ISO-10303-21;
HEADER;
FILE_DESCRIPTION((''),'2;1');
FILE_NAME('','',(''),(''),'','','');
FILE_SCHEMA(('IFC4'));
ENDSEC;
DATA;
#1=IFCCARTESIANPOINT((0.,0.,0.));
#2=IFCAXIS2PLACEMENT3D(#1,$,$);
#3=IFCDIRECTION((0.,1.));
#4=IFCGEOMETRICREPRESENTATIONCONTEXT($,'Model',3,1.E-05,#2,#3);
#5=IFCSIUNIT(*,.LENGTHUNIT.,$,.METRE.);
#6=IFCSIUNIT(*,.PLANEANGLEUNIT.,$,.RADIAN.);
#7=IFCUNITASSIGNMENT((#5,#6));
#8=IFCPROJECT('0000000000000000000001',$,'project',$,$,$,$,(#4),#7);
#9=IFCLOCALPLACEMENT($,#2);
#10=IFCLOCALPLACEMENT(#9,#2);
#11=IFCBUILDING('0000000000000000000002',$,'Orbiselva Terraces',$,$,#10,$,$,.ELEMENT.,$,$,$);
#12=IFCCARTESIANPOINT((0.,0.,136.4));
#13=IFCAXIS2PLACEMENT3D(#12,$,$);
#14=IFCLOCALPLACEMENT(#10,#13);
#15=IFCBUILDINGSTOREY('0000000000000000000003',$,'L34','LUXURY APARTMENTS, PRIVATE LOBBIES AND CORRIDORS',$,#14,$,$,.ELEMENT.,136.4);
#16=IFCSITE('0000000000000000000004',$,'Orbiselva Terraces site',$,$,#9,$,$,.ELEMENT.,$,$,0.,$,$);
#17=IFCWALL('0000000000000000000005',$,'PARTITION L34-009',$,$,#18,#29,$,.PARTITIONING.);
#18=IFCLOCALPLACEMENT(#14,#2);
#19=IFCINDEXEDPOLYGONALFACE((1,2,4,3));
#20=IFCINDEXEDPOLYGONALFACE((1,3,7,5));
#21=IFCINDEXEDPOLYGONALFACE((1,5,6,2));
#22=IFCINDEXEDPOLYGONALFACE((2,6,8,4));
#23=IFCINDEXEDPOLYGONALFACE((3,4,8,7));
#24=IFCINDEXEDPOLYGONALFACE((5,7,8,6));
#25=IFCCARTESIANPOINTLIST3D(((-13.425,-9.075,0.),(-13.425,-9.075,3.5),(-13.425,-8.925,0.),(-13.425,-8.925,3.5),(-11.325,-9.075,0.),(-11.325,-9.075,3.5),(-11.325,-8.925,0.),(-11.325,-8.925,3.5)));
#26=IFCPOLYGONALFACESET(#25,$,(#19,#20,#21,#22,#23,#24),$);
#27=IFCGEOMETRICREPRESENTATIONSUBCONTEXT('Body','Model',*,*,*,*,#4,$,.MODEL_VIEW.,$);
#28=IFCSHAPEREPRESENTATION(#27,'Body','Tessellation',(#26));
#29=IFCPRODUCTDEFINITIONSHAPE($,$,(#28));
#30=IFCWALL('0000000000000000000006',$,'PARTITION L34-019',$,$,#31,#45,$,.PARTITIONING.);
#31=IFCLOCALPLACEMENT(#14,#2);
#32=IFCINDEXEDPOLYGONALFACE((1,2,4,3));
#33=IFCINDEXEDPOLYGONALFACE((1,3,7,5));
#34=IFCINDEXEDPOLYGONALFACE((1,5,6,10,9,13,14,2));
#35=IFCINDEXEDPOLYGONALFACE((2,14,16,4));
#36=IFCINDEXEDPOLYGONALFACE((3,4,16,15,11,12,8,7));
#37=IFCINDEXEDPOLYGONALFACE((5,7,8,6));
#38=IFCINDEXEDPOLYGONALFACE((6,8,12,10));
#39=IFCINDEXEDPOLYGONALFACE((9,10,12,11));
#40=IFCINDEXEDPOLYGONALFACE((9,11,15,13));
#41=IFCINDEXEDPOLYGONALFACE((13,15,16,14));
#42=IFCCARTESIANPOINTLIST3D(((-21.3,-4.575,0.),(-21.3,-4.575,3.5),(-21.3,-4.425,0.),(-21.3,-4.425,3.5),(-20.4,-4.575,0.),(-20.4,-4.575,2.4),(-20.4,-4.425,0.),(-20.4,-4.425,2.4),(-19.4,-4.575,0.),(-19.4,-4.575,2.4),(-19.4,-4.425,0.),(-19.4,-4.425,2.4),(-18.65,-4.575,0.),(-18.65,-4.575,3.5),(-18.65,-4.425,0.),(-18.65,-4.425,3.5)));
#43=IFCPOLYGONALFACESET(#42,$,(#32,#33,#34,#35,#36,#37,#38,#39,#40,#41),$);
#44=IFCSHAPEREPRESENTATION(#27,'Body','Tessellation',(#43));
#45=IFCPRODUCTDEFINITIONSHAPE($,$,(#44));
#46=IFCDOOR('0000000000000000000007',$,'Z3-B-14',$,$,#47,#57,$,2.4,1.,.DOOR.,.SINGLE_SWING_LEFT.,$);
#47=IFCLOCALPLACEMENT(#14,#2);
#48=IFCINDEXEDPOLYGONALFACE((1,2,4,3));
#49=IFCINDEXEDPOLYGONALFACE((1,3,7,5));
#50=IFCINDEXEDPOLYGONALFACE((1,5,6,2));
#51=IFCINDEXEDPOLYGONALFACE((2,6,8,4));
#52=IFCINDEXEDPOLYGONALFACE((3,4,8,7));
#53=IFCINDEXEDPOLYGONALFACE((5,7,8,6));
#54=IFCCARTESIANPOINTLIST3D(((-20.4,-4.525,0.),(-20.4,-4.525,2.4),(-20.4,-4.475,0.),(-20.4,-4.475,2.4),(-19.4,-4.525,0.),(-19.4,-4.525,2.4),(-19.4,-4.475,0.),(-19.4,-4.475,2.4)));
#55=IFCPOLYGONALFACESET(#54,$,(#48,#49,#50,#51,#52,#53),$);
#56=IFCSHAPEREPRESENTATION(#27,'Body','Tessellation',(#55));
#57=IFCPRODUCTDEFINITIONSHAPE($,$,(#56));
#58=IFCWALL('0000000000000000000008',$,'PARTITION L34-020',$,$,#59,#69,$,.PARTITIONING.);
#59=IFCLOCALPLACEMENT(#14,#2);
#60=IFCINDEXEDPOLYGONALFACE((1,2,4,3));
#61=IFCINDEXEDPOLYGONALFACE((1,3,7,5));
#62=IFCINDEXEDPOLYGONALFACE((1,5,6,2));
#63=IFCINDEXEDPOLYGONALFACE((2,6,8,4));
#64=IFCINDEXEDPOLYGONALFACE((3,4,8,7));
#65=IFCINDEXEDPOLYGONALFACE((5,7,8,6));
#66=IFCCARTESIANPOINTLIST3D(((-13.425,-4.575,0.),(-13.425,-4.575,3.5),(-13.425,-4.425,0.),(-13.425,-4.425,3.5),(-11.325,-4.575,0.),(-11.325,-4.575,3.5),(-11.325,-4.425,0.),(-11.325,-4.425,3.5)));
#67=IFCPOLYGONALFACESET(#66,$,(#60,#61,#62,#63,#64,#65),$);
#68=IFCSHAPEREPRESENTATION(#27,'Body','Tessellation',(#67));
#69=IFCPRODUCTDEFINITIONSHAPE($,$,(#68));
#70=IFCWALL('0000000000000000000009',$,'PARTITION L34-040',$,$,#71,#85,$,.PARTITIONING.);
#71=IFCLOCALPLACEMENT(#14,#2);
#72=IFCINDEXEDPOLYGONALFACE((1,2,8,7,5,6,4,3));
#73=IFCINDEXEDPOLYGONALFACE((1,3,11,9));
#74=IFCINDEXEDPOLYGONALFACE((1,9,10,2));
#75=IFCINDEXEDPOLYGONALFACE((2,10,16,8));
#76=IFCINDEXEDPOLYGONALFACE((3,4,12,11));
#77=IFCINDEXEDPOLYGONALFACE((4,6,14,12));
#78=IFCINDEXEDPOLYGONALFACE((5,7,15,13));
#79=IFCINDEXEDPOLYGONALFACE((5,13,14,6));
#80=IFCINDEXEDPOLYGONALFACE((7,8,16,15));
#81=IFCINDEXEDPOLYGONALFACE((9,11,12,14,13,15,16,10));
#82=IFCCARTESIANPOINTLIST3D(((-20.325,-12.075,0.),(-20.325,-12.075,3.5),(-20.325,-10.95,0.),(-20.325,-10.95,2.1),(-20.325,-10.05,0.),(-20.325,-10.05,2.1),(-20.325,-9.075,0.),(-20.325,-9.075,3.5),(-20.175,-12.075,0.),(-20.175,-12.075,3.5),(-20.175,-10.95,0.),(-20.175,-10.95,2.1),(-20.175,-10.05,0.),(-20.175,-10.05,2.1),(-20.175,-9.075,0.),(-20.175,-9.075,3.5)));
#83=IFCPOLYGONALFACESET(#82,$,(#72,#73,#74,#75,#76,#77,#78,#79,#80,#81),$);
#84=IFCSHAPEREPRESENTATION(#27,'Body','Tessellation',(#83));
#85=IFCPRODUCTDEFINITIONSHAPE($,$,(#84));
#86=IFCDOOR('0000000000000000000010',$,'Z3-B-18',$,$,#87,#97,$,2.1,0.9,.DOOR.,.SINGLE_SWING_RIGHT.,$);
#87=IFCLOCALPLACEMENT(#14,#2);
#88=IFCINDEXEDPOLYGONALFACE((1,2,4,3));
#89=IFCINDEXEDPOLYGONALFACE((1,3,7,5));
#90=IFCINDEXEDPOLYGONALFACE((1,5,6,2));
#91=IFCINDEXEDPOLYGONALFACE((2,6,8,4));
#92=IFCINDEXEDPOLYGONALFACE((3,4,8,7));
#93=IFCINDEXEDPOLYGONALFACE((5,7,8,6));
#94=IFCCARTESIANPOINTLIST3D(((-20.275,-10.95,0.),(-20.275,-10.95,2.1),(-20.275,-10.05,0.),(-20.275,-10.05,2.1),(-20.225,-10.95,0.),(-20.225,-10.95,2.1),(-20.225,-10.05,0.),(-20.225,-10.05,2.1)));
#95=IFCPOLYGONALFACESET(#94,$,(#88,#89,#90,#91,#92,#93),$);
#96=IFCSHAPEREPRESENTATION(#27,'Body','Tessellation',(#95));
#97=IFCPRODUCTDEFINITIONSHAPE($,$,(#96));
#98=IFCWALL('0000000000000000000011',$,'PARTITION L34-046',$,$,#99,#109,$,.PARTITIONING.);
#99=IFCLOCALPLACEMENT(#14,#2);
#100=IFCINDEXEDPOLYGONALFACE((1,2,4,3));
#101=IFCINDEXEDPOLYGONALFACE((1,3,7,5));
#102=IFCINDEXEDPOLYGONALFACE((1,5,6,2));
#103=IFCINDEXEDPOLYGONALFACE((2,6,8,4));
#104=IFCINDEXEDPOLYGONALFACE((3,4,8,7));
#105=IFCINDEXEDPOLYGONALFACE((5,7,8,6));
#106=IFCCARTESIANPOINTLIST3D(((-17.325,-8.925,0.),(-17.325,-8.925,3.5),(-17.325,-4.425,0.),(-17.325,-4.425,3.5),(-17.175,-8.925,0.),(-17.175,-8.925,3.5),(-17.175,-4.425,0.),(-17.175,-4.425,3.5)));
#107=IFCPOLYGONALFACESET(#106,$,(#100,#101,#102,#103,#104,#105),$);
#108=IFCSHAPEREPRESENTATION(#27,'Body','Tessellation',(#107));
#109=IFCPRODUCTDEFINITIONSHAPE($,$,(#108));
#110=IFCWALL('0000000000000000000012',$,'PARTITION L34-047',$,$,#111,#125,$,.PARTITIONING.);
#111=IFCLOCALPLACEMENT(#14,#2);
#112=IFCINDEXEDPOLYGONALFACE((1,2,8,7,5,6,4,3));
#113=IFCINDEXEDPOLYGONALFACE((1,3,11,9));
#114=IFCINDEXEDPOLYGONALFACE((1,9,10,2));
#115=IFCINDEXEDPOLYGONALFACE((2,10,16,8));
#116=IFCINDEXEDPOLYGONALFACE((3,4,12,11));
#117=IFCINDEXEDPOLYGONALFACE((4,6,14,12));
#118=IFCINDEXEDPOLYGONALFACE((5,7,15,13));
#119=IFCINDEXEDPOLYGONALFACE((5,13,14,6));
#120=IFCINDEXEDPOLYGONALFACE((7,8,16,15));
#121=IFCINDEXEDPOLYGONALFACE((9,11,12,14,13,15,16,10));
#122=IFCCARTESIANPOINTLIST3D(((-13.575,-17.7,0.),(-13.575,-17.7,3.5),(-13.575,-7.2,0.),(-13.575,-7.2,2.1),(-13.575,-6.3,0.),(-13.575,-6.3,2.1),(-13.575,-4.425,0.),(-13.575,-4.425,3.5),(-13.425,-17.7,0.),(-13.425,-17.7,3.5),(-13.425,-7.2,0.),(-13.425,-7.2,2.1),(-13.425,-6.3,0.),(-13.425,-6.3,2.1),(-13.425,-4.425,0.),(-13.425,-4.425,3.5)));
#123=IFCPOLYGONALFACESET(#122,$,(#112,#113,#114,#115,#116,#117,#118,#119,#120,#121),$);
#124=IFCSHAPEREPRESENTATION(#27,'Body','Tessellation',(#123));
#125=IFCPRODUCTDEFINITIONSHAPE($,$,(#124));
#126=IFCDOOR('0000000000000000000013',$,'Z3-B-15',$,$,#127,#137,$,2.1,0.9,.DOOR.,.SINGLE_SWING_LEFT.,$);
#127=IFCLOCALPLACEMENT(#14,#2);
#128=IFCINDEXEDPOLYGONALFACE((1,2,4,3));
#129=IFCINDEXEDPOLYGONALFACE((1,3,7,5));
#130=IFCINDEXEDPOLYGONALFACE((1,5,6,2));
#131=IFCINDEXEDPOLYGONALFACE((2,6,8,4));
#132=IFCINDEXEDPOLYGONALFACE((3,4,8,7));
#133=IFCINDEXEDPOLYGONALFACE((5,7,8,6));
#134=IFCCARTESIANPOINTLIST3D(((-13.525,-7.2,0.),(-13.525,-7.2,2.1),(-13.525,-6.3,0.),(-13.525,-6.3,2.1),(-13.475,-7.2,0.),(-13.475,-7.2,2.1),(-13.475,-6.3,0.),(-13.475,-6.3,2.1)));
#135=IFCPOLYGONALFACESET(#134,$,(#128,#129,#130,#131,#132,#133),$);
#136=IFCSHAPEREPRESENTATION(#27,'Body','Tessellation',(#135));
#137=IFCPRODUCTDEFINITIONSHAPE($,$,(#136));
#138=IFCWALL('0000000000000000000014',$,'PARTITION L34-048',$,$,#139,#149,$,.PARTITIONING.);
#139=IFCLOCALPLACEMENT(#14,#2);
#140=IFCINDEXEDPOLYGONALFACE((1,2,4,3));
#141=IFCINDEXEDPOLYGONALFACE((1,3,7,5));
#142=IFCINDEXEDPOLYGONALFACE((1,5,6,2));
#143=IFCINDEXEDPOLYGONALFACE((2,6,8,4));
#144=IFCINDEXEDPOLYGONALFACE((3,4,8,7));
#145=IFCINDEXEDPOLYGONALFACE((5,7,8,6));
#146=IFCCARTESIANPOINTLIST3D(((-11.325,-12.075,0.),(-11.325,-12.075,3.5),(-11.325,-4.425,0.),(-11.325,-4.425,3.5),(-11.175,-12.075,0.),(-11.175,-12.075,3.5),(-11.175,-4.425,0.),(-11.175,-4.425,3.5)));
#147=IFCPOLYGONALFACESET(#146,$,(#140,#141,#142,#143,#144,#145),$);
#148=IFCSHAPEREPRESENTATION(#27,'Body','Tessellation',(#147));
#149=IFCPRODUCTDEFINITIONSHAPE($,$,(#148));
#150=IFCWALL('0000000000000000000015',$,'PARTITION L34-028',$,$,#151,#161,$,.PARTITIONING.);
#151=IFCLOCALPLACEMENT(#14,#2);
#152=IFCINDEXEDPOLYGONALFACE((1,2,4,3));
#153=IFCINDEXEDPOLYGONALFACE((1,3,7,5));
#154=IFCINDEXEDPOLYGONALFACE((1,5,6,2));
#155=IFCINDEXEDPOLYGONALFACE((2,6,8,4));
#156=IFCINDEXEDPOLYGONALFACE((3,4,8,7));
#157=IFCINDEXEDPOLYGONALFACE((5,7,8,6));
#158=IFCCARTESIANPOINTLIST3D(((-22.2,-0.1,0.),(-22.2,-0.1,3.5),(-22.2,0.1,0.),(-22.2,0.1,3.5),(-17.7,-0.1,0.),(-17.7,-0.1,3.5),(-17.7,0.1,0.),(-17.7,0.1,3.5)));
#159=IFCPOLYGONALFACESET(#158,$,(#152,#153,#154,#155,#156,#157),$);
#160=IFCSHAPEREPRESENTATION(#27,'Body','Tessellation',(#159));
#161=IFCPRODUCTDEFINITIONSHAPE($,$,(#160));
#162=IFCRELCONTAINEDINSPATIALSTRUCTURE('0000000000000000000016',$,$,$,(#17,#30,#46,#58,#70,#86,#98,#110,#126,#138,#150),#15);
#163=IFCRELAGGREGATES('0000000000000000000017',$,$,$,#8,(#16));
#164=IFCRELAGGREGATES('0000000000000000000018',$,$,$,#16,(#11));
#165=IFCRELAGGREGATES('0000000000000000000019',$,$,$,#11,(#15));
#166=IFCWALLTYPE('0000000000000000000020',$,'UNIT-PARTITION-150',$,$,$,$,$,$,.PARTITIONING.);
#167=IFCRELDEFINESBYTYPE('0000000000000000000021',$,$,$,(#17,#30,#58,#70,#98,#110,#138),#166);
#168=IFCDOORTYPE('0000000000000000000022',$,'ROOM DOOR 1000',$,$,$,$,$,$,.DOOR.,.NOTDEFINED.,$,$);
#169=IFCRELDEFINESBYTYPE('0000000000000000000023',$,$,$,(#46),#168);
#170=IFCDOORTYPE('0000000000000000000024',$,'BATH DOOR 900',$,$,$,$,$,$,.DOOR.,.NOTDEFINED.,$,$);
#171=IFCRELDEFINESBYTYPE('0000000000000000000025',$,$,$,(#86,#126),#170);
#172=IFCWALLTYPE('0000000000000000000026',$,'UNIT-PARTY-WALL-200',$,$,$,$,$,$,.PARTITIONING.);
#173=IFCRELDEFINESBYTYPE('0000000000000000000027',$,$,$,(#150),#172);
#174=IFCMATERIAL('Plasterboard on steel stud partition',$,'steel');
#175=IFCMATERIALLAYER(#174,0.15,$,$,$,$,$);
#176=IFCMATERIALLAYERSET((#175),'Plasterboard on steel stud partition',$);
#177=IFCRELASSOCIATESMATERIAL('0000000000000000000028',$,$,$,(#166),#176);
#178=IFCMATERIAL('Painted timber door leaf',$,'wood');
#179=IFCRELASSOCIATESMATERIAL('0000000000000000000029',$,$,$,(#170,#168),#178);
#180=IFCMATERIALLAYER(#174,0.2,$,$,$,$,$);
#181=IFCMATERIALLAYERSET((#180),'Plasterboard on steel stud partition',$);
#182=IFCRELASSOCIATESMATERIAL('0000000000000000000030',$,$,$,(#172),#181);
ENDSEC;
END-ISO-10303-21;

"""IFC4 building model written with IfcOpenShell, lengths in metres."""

from ifc_helpers import new_model, si_unit, direction, frame, frame_2d, origin, place, context, subcontext, project, spatial, rectangle, extrude, material, layer, layer_set, type_object, element, fill, save


model = new_model("IFC4")

# Units and contexts
model_context = context("Model", 3, precision=1e-05, world=origin(), true_north=direction((0.0, 1.0)))
body_context = subcontext(model_context, "Body", "Model", "MODEL_VIEW")
ifc_project = project(units=[si_unit("LENGTHUNIT", "METRE"), si_unit("PLANEANGLEUNIT", "RADIAN")], contexts=[model_context])

# Site, building, storey
site_placement = place(None, origin())
site = spatial("IfcSite", under=ifc_project, at=site_placement, Name="Orbiselva Terraces site", CompositionType="ELEMENT", RefElevation=0.0)
building_placement = place(site_placement, origin())
building = spatial("IfcBuilding", under=site, at=building_placement, Name="Orbiselva Terraces", CompositionType="ELEMENT")
storey_placement = place(building_placement, frame((0.0, 0.0, 136.4)))
storey = spatial("IfcBuildingStorey", under=building, at=storey_placement, Name="L34", Description="LUXURY APARTMENTS, PRIVATE LOBBIES AND CORRIDORS", CompositionType="ELEMENT", Elevation=136.4)

# Shared definitions
ifc_material_1 = material(Name="Plasterboard on steel stud partition", Category="steel")
ifc_layer_1 = layer(ifc_material_1, 0.15)
ifc_layer_set_1 = layer_set([ifc_layer_1], Name="Plasterboard on steel stud partition")
wall_type_1 = type_object("IfcWallType", Name="UNIT-PARTITION-150", PredefinedType="PARTITIONING", material=ifc_layer_set_1)

# Shared definitions
ifc_material_2 = material(Name="Painted timber door leaf", Category="wood")
door_type_1 = type_object("IfcDoorType", Name="BATH DOOR 900", OperationType="NOTDEFINED", PredefinedType="DOOR", material=ifc_material_2)

# Wall
wall_1_placement = place(storey_placement, frame((-13.425, -9.0, 0.0), z_axis=(0.0, 0.0, 1.0), x_axis=(1.0, 0.0, 0.0)))
element("IfcWall", 1, at=wall_1_placement, inside=storey, type_object=wall_type_1, Name="PARTITION L34-009", PredefinedType="PARTITIONING", context=body_context, shape_type="SweptSolid", body=[
    extrude(rectangle(XDim=2.1, YDim=0.15, at=frame_2d((1.05, 0.0))), origin(), (0.0, 0.0, 1.0), 3.5),
])

# Wall, opening, door
wall_2_placement = place(storey_placement, frame((-18.65, -4.5, 0.0), z_axis=(0.0, 0.0, 1.0), x_axis=(-1.0, 0.0, 0.0)))
wall_2 = element("IfcWall", 2, at=wall_2_placement, inside=storey, type_object=wall_type_1, Name="PARTITION L34-019", PredefinedType="PARTITIONING", context=body_context, shape_type="SweptSolid", body=[
    extrude(rectangle(XDim=2.65, YDim=0.15, at=frame_2d((1.325, 0.0))), origin(), (0.0, 0.0, 1.0), 3.5),
])
opening_1_placement = place(wall_2_placement, frame((0.75, 0.0, 0.0)))
opening_1 = element("IfcOpeningElement", 3, at=opening_1_placement, cuts=wall_2, PredefinedType="OPENING", context=body_context, shape_type="SweptSolid", body=[
    extrude(rectangle(XDim=1.0, YDim=2.4, at=frame_2d((0.5, 1.2))), frame((0.0, 0.085, 0.0), z_axis=(0.0, -1.0, 0.0), x_axis=(1.0, 0.0, 0.0)), (0.0, 0.0, 1.0), 0.17),
])
door_type_2 = type_object("IfcDoorType", Name="ROOM DOOR 1000", OperationType="NOTDEFINED", PredefinedType="DOOR", material=ifc_material_2)
door_1_placement = place(opening_1_placement, origin())
door_1 = element("IfcDoor", 4, at=door_1_placement, inside=storey, type_object=door_type_2, Name="Z3-B-14", OperationType="SINGLE_SWING_LEFT", OverallHeight=2.4, OverallWidth=1.0, PredefinedType="DOOR", context=body_context, shape_type="SweptSolid", body=[
    extrude(rectangle(XDim=1.0, YDim=2.4, at=frame_2d((0.5, 1.2))), frame((0.0, 0.025, 0.0), z_axis=(0.0, -1.0, 0.0), x_axis=(1.0, 0.0, 0.0)), (0.0, 0.0, 1.0), 0.05),
])
fill(opening_1, door_1)

# Wall
wall_3_placement = place(storey_placement, frame((-13.425, -4.5, 0.0), z_axis=(0.0, 0.0, 1.0), x_axis=(1.0, 0.0, 0.0)))
element("IfcWall", 5, at=wall_3_placement, inside=storey, type_object=wall_type_1, Name="PARTITION L34-020", PredefinedType="PARTITIONING", context=body_context, shape_type="SweptSolid", body=[
    extrude(rectangle(XDim=2.1, YDim=0.15, at=frame_2d((1.05, 0.0))), origin(), (0.0, 0.0, 1.0), 3.5),
])

# Wall, opening, door
wall_4_placement = place(storey_placement, frame((-20.25, -12.075, 0.0), z_axis=(0.0, 0.0, 1.0), x_axis=(0.0, 1.0, 0.0)))
wall_4 = element("IfcWall", 6, at=wall_4_placement, inside=storey, type_object=wall_type_1, Name="PARTITION L34-040", PredefinedType="PARTITIONING", context=body_context, shape_type="SweptSolid", body=[
    extrude(rectangle(XDim=3.0, YDim=0.15, at=frame_2d((1.5, 0.0))), origin(), (0.0, 0.0, 1.0), 3.5),
])
opening_2_placement = place(wall_4_placement, frame((1.125, 0.0, 0.0)))
opening_2 = element("IfcOpeningElement", 7, at=opening_2_placement, cuts=wall_4, PredefinedType="OPENING", context=body_context, shape_type="SweptSolid", body=[
    extrude(rectangle(XDim=0.9, YDim=2.1, at=frame_2d((0.45, 1.05))), frame((0.0, 0.085, 0.0), z_axis=(0.0, -1.0, 0.0), x_axis=(1.0, 0.0, 0.0)), (0.0, 0.0, 1.0), 0.17),
])
door_2_placement = place(opening_2_placement, origin())
door_2 = element("IfcDoor", 8, at=door_2_placement, inside=storey, type_object=door_type_1, Name="Z3-B-18", OperationType="SINGLE_SWING_RIGHT", OverallHeight=2.1, OverallWidth=0.9, PredefinedType="DOOR", context=body_context, shape_type="SweptSolid", body=[
    extrude(rectangle(XDim=0.9, YDim=2.1, at=frame_2d((0.45, 1.05))), frame((0.0, 0.025, 0.0), z_axis=(0.0, -1.0, 0.0), x_axis=(1.0, 0.0, 0.0)), (0.0, 0.0, 1.0), 0.05),
])
fill(opening_2, door_2)

# Wall
wall_5_placement = place(storey_placement, frame((-17.25, -8.925, 0.0), z_axis=(0.0, 0.0, 1.0), x_axis=(0.0, 1.0, 0.0)))
element("IfcWall", 9, at=wall_5_placement, inside=storey, type_object=wall_type_1, Name="PARTITION L34-046", PredefinedType="PARTITIONING", context=body_context, shape_type="SweptSolid", body=[
    extrude(rectangle(XDim=4.5, YDim=0.15, at=frame_2d((2.25, 0.0))), origin(), (0.0, 0.0, 1.0), 3.5),
])

# Wall, opening, door
wall_6_placement = place(storey_placement, frame((-13.5, -4.425, 0.0), z_axis=(0.0, 0.0, 1.0), x_axis=(0.0, -1.0, 0.0)))
wall_6 = element("IfcWall", 10, at=wall_6_placement, inside=storey, type_object=wall_type_1, Name="PARTITION L34-047", PredefinedType="PARTITIONING", context=body_context, shape_type="SweptSolid", body=[
    extrude(rectangle(XDim=13.275, YDim=0.15, at=frame_2d((6.6375, 0.0))), origin(), (0.0, 0.0, 1.0), 3.5),
])
opening_3_placement = place(wall_6_placement, frame((1.875, 0.0, 0.0)))
opening_3 = element("IfcOpeningElement", 11, at=opening_3_placement, cuts=wall_6, PredefinedType="OPENING", context=body_context, shape_type="SweptSolid", body=[
    extrude(rectangle(XDim=0.9, YDim=2.1, at=frame_2d((0.45, 1.05))), frame((0.0, 0.085, 0.0), z_axis=(0.0, -1.0, 0.0), x_axis=(1.0, 0.0, 0.0)), (0.0, 0.0, 1.0), 0.17),
])
door_3_placement = place(opening_3_placement, origin())
door_3 = element("IfcDoor", 12, at=door_3_placement, inside=storey, type_object=door_type_1, Name="Z3-B-15", OperationType="SINGLE_SWING_LEFT", OverallHeight=2.1, OverallWidth=0.9, PredefinedType="DOOR", context=body_context, shape_type="SweptSolid", body=[
    extrude(rectangle(XDim=0.9, YDim=2.1, at=frame_2d((0.45, 1.05))), frame((0.0, 0.025, 0.0), z_axis=(0.0, -1.0, 0.0), x_axis=(1.0, 0.0, 0.0)), (0.0, 0.0, 1.0), 0.05),
])
fill(opening_3, door_3)

# Walls
wall_7_placement = place(storey_placement, frame((-11.25, -12.075, 0.0), z_axis=(0.0, 0.0, 1.0), x_axis=(0.0, 1.0, 0.0)))
element("IfcWall", 13, at=wall_7_placement, inside=storey, type_object=wall_type_1, Name="PARTITION L34-048", PredefinedType="PARTITIONING", context=body_context, shape_type="SweptSolid", body=[
    extrude(rectangle(XDim=7.65, YDim=0.15, at=frame_2d((3.825, 0.0))), origin(), (0.0, 0.0, 1.0), 3.5),
])
ifc_layer_2 = layer(ifc_material_1, 0.2)
ifc_layer_set_2 = layer_set([ifc_layer_2], Name="Plasterboard on steel stud partition")
wall_type_2 = type_object("IfcWallType", Name="UNIT-PARTY-WALL-200", PredefinedType="PARTITIONING", material=ifc_layer_set_2)
wall_8_placement = place(storey_placement, frame((-22.2, 0.0, 0.0), z_axis=(0.0, 0.0, 1.0), x_axis=(1.0, 0.0, 0.0)))
element("IfcWall", 14, at=wall_8_placement, inside=storey, type_object=wall_type_2, Name="PARTITION L34-028", PredefinedType="PARTITIONING", context=body_context, shape_type="SweptSolid", body=[
    extrude(rectangle(XDim=4.5, YDim=0.2, at=frame_2d((2.25, 0.0))), origin(), (0.0, 0.0, 1.0), 3.5),
])

save(model, "model.ifc")
